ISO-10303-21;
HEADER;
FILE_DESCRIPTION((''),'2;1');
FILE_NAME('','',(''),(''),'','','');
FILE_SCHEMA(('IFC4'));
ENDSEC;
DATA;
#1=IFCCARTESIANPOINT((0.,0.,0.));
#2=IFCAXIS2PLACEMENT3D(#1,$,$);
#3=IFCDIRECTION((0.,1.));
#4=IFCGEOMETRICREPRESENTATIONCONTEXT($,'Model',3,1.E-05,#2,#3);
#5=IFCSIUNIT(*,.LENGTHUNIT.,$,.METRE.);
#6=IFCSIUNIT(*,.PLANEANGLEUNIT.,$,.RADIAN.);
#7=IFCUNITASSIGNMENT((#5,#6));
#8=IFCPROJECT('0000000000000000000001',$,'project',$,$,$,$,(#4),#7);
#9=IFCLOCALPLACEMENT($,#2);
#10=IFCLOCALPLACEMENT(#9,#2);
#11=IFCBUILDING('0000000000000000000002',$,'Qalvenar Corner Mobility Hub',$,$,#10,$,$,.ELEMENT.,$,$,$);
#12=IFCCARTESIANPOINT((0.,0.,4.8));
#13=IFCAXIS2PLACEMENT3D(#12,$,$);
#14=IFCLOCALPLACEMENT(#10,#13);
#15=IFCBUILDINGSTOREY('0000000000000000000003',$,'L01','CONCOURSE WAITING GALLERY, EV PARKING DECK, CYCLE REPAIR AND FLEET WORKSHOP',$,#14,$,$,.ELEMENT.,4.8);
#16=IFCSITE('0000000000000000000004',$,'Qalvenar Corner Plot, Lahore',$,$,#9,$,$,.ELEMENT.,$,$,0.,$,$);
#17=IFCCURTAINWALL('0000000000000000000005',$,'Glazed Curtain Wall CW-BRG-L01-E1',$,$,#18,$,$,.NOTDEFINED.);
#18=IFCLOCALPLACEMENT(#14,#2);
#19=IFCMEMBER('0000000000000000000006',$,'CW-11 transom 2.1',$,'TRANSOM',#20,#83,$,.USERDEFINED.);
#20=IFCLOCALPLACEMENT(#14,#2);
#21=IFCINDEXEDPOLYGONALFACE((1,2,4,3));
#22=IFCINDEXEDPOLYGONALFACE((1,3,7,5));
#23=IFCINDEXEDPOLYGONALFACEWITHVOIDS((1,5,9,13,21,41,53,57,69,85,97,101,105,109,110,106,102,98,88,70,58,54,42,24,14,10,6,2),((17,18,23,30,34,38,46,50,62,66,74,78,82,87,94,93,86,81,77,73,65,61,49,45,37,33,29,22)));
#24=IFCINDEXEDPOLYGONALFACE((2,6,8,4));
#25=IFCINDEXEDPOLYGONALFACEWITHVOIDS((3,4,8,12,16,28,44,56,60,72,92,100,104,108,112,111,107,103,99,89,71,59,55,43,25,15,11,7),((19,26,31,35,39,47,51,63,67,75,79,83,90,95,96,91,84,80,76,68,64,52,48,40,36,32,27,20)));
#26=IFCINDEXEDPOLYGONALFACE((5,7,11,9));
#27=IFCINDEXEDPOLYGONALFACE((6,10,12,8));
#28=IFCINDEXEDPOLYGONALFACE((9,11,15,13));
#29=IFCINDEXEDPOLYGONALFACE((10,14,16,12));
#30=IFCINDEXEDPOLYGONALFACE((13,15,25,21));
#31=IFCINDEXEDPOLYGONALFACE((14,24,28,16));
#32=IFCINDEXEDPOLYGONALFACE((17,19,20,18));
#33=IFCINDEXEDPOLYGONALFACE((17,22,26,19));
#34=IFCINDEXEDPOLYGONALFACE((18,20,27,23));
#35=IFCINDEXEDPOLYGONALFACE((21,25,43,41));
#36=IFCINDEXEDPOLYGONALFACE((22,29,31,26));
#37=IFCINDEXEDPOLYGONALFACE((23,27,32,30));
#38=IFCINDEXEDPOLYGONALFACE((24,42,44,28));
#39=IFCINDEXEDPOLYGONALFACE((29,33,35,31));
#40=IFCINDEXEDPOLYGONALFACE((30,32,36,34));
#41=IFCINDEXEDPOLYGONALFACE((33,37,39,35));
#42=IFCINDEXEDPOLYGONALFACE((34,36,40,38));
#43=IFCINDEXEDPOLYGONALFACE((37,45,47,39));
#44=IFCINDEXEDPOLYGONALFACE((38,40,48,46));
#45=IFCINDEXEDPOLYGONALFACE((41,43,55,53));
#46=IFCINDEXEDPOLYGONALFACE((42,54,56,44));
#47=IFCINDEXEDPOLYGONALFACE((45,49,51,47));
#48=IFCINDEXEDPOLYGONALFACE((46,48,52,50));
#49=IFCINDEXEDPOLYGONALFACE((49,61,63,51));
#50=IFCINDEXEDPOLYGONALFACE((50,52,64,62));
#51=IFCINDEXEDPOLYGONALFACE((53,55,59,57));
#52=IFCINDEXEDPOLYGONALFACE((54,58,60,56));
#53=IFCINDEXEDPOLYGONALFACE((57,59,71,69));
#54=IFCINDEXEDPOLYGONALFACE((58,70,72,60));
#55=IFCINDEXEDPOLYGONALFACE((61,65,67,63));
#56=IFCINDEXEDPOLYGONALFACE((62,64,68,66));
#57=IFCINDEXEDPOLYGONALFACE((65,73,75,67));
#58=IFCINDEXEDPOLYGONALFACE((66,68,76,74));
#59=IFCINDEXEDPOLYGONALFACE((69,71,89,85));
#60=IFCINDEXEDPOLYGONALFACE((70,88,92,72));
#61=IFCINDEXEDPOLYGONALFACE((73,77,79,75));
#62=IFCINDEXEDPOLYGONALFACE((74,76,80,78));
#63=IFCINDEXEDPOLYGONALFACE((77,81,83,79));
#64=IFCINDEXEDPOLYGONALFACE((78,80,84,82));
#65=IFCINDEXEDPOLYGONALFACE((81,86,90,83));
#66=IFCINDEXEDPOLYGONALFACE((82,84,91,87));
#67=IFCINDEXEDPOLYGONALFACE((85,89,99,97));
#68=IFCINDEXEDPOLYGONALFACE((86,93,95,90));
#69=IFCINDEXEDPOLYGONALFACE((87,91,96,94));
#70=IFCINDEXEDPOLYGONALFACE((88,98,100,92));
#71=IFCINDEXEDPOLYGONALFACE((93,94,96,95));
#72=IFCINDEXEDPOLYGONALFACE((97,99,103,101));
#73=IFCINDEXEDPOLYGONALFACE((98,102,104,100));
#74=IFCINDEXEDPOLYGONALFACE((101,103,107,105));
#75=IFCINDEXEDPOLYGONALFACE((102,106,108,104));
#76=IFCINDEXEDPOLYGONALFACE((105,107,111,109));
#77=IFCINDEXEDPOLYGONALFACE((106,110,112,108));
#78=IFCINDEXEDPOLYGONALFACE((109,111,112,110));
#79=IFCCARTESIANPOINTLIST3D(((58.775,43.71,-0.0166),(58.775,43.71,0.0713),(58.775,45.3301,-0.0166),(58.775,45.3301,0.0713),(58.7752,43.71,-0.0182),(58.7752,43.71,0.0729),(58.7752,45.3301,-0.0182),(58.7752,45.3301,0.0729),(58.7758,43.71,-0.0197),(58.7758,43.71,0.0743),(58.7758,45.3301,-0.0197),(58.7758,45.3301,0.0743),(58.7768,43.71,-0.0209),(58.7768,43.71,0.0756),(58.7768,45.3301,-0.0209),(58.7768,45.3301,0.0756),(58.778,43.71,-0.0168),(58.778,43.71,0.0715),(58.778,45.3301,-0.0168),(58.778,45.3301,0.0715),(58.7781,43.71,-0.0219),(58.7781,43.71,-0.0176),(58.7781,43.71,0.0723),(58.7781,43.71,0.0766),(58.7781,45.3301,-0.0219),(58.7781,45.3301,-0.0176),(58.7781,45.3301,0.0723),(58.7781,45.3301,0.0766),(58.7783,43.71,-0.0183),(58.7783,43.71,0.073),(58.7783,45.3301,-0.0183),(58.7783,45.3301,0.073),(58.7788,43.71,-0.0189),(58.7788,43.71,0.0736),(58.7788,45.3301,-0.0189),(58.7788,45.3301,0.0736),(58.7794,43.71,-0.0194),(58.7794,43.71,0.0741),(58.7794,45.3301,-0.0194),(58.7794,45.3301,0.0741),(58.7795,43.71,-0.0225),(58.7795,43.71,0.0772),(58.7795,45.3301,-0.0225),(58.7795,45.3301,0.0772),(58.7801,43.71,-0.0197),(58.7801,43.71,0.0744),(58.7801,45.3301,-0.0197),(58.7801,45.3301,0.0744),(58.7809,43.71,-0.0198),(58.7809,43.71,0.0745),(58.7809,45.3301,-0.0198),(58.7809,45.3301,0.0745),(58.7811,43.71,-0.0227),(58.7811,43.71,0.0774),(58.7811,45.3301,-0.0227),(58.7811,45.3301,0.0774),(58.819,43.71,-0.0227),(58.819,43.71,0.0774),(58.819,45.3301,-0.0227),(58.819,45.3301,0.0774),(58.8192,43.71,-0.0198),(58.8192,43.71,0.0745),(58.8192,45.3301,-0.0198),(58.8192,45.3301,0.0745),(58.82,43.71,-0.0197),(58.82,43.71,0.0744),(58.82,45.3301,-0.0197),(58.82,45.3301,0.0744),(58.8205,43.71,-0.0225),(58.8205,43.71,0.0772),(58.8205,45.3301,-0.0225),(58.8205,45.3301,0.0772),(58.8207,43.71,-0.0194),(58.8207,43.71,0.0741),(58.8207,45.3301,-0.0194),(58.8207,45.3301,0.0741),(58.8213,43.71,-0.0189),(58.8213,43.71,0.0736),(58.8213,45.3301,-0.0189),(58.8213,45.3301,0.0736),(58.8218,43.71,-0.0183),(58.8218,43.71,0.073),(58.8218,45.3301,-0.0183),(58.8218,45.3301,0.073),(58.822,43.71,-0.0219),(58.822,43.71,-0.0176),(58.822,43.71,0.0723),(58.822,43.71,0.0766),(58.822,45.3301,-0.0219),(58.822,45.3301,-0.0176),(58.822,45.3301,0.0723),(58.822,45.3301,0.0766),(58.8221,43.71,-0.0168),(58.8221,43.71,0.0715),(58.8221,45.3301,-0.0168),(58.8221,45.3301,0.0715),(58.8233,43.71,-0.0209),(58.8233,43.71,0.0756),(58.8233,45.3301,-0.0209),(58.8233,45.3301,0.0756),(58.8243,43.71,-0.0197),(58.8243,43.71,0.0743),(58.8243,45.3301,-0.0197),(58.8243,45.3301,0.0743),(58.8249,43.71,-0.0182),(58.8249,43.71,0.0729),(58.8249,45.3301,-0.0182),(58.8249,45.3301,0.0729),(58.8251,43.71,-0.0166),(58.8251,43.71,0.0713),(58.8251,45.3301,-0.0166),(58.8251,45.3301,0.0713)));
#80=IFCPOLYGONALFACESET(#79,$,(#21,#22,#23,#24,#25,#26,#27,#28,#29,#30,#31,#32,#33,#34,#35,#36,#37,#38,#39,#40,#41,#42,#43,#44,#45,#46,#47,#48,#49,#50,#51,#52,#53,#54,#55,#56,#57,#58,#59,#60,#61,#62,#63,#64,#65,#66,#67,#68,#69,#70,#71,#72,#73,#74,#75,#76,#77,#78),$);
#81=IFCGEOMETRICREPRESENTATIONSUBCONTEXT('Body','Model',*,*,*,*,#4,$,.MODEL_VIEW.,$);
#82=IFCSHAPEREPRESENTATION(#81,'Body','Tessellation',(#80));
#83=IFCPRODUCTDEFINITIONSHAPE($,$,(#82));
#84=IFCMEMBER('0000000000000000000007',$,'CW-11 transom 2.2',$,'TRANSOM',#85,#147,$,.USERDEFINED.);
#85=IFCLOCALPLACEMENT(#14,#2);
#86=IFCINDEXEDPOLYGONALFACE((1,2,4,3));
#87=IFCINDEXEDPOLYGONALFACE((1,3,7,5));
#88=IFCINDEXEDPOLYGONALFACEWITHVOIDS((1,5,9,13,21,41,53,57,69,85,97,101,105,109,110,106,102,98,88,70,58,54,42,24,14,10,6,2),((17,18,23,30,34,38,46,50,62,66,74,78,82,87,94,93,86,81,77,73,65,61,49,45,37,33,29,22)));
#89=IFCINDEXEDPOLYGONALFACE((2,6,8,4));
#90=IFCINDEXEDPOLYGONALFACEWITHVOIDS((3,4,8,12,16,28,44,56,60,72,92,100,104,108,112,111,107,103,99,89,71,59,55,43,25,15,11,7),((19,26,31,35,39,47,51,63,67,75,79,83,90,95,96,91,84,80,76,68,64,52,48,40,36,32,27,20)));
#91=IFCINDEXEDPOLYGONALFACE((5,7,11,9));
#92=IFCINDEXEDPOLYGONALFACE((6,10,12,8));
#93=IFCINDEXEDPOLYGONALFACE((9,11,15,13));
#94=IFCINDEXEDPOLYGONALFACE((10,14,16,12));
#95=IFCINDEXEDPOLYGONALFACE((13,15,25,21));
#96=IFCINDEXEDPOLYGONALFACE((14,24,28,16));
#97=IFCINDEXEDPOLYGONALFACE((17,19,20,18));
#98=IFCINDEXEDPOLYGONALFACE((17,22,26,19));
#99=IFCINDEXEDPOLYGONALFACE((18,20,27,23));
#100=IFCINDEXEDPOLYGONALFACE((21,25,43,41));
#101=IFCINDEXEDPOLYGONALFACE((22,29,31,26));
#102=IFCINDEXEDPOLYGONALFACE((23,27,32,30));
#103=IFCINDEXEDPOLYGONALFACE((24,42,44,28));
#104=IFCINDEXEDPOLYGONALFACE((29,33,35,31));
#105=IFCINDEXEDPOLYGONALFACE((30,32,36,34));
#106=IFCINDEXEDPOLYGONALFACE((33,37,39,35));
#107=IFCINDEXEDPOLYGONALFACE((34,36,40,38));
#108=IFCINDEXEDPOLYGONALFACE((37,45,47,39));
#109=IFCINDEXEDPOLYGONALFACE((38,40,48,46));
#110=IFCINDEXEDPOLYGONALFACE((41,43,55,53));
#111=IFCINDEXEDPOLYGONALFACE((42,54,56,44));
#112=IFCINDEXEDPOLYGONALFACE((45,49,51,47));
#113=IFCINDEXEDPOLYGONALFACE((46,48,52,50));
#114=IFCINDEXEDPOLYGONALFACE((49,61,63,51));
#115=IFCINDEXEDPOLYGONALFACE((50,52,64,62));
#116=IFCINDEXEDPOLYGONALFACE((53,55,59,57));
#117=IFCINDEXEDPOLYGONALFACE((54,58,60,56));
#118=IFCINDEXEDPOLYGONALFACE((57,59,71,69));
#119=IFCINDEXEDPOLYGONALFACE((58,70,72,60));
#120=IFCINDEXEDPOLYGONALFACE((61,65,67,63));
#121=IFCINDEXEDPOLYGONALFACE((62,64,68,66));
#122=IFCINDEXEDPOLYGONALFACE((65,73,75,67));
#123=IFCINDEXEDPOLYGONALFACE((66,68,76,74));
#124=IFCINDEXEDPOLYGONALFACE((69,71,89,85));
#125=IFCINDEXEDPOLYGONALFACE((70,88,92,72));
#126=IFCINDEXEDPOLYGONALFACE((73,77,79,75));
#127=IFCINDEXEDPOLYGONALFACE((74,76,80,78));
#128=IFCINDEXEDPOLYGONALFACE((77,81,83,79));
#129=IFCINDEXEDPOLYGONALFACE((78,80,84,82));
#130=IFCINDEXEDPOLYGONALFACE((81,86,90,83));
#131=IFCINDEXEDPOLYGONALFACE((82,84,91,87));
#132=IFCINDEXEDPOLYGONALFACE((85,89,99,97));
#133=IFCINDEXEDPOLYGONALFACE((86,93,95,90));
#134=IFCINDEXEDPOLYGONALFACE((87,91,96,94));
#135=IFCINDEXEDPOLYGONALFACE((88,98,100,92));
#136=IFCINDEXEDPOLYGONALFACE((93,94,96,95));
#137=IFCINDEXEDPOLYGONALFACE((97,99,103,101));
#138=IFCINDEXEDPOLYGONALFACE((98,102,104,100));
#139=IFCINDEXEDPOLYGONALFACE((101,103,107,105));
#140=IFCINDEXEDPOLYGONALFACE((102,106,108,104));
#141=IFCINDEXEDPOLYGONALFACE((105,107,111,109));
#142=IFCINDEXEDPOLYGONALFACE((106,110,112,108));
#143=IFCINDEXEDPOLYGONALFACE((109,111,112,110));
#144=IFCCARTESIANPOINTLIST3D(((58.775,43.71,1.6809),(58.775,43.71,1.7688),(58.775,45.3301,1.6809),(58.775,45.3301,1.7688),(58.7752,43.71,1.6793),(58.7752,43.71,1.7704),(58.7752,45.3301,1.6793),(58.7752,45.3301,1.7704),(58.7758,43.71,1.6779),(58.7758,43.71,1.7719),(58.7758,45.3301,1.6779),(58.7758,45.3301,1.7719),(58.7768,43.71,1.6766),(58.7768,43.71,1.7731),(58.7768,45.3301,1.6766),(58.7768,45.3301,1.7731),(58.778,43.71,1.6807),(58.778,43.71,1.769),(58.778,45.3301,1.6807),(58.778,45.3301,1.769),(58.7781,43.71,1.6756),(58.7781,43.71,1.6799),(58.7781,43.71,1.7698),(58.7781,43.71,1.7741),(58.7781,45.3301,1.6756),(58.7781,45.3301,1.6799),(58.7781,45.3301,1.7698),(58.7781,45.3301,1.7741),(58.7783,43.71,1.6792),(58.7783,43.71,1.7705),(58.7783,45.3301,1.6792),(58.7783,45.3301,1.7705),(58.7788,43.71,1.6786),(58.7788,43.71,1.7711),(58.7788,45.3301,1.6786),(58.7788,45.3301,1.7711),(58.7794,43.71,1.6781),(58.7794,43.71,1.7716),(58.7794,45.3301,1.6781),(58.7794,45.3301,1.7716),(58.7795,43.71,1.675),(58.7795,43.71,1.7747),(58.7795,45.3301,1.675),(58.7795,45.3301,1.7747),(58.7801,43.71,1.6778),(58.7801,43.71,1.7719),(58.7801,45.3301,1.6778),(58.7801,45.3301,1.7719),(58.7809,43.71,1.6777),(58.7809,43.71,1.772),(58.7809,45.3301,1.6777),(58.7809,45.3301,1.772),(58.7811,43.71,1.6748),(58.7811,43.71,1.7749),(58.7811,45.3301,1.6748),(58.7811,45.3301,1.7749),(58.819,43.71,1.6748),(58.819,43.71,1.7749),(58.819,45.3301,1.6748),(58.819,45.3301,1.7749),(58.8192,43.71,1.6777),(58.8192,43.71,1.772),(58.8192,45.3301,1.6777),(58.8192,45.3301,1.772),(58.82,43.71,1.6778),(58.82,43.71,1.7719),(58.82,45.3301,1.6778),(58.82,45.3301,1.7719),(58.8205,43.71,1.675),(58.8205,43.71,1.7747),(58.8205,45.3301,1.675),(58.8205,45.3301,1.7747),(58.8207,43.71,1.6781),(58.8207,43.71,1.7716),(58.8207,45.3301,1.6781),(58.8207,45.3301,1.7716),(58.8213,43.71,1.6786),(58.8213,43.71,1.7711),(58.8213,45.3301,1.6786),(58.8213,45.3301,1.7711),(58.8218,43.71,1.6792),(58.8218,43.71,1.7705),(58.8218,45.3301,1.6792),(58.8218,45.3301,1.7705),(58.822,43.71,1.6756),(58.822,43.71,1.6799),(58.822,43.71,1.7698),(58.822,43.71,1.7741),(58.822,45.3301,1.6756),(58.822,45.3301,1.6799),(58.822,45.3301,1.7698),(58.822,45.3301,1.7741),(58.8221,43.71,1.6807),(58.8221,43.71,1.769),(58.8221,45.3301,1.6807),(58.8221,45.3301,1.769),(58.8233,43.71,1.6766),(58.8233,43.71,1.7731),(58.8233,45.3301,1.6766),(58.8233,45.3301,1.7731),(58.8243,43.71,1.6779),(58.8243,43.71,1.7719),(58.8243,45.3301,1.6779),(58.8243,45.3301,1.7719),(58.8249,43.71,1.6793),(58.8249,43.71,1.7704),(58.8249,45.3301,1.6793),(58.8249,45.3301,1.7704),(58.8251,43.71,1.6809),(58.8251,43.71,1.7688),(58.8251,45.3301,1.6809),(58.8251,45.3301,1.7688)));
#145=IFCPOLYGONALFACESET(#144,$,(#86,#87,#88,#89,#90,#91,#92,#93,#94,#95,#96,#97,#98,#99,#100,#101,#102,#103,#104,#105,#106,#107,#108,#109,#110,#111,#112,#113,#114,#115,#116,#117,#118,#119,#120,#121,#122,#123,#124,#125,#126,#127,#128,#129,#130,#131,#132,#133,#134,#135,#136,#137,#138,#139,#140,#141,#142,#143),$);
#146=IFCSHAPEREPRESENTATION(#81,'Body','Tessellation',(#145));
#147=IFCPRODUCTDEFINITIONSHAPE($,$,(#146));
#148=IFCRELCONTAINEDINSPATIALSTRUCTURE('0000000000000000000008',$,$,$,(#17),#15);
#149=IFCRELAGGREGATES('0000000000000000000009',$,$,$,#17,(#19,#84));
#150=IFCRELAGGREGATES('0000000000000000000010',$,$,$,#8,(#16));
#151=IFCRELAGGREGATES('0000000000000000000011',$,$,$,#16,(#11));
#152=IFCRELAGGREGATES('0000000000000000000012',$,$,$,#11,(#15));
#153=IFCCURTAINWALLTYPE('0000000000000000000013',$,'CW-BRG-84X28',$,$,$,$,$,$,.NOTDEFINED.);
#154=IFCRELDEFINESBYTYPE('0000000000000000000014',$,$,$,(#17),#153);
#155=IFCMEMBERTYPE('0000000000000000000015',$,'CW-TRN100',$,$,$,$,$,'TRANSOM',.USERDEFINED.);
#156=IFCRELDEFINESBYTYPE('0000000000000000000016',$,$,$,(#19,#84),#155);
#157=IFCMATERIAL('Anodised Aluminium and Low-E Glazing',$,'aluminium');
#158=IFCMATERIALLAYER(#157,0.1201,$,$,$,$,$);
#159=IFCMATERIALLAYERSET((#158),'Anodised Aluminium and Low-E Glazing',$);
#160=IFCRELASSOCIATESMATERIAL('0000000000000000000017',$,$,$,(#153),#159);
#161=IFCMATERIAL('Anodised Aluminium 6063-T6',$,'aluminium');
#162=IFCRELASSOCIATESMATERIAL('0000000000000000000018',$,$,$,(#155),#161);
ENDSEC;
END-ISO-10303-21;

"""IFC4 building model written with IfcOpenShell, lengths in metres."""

from ifc_helpers import new_model, si_unit, direction, frame, origin, origin_2d, place, context, subcontext, project, spatial, hollow_rectangle, extrude, material, layer, layer_set, material_profile, profile_set, type_object, element, aggregate, save


model = new_model("IFC4")

# Units and contexts
model_context = context("Model", 3, precision=1e-05, world=origin(), true_north=direction((0.0, 1.0)))
body_context = subcontext(model_context, "Body", "Model", "MODEL_VIEW")
ifc_project = project(units=[si_unit("LENGTHUNIT", "METRE"), si_unit("PLANEANGLEUNIT", "RADIAN")], contexts=[model_context])

# Site, building, storey
site_placement = place(None, origin())
site = spatial("IfcSite", under=ifc_project, at=site_placement, Name="Qalvenar Corner Plot, Lahore", CompositionType="ELEMENT", RefElevation=0.0)
building_placement = place(site_placement, origin())
building = spatial("IfcBuilding", under=site, at=building_placement, Name="Qalvenar Corner Mobility Hub", CompositionType="ELEMENT")
storey_placement = place(building_placement, frame((0.0, 0.0, 4.8)))
storey = spatial("IfcBuildingStorey", under=building, at=storey_placement, Name="L01", Description="CONCOURSE WAITING GALLERY, EV PARKING DECK, CYCLE REPAIR AND FLEET WORKSHOP", CompositionType="ELEMENT", Elevation=4.8)

# Shared definitions
ifc_material_1 = material(Name="Anodised Aluminium and Low-E Glazing", Category="aluminium")
ifc_layer_1 = layer(ifc_material_1, 0.1201)
ifc_layer_set_1 = layer_set([ifc_layer_1], Name="Anodised Aluminium and Low-E Glazing")
curtain_wall_type = type_object("IfcCurtainWallType", Name="CW-BRG-84X28", PredefinedType="NOTDEFINED", material=ifc_layer_set_1)
ifc_material_2 = material(Name="Anodised Aluminium 6063-T6", Category="aluminium")

# Curtain wall, members
curtain_wall_1_placement = place(storey_placement, origin())
curtain_wall_1 = element("IfcCurtainWall", 1, at=curtain_wall_1_placement, inside=storey, type_object=curtain_wall_type, Name="Glazed Curtain Wall CW-BRG-L01-E1", PredefinedType="NOTDEFINED")
ifc_material_profile_1 = material_profile(ifc_material_2, hollow_rectangle(XDim=0.05, YDim=0.1001, WallThickness=0.0029, InnerFilletRadius=0.0029, OuterFilletRadius=0.0061, at=origin_2d()), Name="RHS100x50x3")
ifc_profile_set_1 = profile_set([ifc_material_profile_1], Name="Anodised Aluminium 6063-T6")
member_type_1 = type_object("IfcMemberType", Name="CW-TRN100", ElementType="TRANSOM", PredefinedType="USERDEFINED", material=ifc_profile_set_1)
member_1_placement = place(storey_placement, frame((58.8, 43.71, 0.0273), z_axis=(0.0, 1.0, 0.0), x_axis=(-1.0, 0.0, 0.0)))
member_1 = element("IfcMember", 2, at=member_1_placement, type_object=member_type_1, Name="CW-11 transom 2.1", ObjectType="TRANSOM", PredefinedType="USERDEFINED", context=body_context, shape_type="SweptSolid", body=[
    extrude(hollow_rectangle(XDim=0.05, YDim=0.1001, WallThickness=0.0029, InnerFilletRadius=0.0029, OuterFilletRadius=0.0061, at=origin_2d()), origin(), (0.0, 0.0, 1.0), 1.6201),
])
member_2_placement = place(storey_placement, frame((58.8, 43.71, 1.7249), z_axis=(0.0, 1.0, 0.0), x_axis=(-1.0, 0.0, 0.0)))
member_2 = element("IfcMember", 3, at=member_2_placement, type_object=member_type_1, Name="CW-11 transom 2.2", ObjectType="TRANSOM", PredefinedType="USERDEFINED", context=body_context, shape_type="SweptSolid", body=[
    extrude(hollow_rectangle(XDim=0.05, YDim=0.1001, WallThickness=0.0029, InnerFilletRadius=0.0029, OuterFilletRadius=0.0061, at=origin_2d()), origin(), (0.0, 0.0, 1.0), 1.6201),
])

aggregate(curtain_wall_1, [member_1, member_2])

save(model, "model.ifc")
